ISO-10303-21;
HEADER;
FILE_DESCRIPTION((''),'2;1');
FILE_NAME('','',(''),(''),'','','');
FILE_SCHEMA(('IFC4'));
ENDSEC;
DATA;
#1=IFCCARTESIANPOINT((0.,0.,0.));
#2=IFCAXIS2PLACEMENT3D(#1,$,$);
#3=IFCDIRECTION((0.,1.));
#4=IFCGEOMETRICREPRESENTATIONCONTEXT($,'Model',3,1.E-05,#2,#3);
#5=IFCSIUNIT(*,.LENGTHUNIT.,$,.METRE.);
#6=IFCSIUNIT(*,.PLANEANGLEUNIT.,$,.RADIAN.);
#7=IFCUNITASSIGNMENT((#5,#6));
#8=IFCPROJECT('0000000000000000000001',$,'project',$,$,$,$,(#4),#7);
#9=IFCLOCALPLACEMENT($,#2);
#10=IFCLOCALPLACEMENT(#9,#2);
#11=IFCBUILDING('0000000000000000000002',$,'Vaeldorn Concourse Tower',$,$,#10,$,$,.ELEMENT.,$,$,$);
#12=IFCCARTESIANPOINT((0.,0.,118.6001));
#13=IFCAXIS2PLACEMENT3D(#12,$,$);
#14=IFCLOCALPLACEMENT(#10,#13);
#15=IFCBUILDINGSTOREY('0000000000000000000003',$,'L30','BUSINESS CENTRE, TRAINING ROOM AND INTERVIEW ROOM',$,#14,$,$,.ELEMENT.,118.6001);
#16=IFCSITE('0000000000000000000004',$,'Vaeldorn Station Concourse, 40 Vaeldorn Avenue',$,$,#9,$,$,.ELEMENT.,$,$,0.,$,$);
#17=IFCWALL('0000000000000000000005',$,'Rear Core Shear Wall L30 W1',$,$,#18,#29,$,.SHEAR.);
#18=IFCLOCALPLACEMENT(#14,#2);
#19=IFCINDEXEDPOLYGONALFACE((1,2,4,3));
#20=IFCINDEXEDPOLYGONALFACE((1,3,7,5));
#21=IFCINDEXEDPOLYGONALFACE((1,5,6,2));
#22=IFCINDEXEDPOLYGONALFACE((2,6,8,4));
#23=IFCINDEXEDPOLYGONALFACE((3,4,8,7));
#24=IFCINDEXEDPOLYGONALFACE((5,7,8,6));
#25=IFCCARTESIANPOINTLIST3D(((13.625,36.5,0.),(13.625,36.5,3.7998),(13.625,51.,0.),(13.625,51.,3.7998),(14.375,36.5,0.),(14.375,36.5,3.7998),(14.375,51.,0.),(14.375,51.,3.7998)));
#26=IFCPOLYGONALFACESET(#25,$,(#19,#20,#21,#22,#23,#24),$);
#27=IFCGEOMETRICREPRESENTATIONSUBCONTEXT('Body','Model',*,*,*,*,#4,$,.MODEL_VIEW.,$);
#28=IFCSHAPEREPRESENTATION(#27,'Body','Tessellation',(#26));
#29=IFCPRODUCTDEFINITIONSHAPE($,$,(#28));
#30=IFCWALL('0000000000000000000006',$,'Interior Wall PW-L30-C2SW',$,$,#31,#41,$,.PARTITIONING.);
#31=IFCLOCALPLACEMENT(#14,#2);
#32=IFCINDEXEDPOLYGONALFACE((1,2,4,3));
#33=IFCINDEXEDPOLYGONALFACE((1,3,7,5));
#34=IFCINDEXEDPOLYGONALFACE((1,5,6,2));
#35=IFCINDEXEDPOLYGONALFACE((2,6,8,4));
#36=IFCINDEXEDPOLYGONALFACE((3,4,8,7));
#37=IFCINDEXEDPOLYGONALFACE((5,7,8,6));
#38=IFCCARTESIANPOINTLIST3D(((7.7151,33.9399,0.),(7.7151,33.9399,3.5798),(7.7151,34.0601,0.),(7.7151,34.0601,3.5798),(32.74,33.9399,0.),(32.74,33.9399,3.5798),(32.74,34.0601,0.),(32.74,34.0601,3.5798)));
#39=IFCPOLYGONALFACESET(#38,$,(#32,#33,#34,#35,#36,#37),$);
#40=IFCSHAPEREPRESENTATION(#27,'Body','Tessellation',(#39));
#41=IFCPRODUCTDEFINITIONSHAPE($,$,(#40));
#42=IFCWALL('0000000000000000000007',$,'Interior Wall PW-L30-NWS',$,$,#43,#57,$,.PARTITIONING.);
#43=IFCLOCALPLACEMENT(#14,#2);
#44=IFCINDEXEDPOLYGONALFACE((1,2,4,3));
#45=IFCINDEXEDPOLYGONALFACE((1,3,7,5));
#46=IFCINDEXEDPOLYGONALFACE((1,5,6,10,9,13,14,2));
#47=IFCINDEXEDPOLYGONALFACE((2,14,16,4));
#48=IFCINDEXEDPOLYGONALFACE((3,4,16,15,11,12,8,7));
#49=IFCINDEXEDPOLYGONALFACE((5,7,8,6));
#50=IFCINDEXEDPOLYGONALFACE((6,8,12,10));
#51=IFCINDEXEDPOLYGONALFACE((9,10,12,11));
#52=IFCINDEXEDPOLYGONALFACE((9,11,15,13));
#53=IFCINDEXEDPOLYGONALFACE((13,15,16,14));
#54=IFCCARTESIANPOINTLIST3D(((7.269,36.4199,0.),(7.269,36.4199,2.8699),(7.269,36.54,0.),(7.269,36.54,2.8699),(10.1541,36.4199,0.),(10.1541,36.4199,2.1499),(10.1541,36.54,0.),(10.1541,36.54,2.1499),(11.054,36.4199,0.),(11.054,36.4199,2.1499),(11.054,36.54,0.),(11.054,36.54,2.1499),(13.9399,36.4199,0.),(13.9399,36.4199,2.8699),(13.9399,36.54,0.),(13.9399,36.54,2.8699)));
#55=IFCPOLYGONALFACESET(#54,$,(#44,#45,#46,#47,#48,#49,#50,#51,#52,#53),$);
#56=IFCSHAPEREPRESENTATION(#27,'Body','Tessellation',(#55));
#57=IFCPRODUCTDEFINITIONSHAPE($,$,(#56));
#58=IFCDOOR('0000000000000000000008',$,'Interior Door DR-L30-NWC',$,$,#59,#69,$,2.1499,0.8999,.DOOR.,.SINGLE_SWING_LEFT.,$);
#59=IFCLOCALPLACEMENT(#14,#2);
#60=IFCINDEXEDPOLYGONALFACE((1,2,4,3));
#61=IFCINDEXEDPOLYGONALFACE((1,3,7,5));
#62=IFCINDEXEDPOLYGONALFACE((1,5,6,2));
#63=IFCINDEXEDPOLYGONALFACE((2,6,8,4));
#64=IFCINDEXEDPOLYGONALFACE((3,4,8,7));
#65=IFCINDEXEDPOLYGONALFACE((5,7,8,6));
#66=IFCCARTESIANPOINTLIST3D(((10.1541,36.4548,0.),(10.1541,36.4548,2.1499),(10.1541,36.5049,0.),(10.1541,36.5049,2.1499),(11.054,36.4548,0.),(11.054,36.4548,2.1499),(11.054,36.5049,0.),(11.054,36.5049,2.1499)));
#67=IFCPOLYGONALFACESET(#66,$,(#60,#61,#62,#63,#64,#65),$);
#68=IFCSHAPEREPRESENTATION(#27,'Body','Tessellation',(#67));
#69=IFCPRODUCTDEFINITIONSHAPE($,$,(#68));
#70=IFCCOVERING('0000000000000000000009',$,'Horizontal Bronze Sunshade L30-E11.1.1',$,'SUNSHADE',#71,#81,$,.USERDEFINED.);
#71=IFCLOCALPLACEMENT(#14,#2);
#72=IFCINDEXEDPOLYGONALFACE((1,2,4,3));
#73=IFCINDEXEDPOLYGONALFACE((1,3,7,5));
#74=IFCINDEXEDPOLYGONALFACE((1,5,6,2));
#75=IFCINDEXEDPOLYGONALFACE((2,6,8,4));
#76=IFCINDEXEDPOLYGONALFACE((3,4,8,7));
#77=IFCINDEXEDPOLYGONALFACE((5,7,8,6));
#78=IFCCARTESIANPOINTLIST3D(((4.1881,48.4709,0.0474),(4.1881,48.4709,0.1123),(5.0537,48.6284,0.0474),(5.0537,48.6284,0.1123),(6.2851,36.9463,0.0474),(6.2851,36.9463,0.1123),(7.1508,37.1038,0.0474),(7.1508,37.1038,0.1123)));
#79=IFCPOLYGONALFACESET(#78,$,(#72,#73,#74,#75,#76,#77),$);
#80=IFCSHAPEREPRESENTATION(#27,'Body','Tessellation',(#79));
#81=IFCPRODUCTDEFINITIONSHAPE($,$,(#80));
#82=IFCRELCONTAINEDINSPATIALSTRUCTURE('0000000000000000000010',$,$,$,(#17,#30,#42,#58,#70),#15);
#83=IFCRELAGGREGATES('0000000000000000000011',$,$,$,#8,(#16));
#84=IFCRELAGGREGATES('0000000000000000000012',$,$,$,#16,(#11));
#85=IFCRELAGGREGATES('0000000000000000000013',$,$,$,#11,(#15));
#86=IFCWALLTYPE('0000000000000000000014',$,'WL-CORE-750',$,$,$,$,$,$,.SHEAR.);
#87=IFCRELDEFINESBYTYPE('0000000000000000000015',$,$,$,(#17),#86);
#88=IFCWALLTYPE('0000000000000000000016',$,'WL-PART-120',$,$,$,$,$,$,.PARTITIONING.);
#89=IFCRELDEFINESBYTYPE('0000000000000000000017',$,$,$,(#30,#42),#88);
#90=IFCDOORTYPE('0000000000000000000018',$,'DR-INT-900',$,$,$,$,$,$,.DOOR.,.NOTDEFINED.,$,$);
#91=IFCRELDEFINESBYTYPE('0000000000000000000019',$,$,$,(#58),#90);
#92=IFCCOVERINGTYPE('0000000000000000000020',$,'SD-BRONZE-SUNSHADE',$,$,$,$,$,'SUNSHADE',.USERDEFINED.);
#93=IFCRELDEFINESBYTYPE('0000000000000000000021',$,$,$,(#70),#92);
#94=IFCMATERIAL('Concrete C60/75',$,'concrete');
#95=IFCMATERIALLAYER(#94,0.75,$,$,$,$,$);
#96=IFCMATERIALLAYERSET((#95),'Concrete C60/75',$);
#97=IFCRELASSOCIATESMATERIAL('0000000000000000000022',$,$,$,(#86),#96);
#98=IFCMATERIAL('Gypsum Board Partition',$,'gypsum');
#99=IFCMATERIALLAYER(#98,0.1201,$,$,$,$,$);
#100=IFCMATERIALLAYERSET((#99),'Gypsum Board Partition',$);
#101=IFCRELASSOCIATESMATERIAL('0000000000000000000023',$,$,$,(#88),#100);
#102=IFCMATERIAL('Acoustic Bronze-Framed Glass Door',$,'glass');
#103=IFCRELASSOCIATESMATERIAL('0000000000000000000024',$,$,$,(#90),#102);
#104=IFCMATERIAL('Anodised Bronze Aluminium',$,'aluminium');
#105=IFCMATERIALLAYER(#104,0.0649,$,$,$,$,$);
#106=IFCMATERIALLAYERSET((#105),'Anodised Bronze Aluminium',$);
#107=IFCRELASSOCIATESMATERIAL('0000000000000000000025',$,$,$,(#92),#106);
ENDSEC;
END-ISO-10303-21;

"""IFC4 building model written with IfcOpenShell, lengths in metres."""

from ifc_helpers import new_model, si_unit, direction, frame, frame_2d, origin, origin_2d, place, context, subcontext, project, spatial, rectangle, extrude, source, transform, mapped, material, layer, layer_set, type_object, element, fill, save


model = new_model("IFC4")

# Units and contexts
model_context = context("Model", 3, precision=1e-05, world=origin(), true_north=direction((0.0, 1.0)))
body_context = subcontext(model_context, "Body", "Model", "MODEL_VIEW")
ifc_project = project(units=[si_unit("LENGTHUNIT", "METRE"), si_unit("PLANEANGLEUNIT", "RADIAN")], contexts=[model_context])

# Site, building, storey
site_placement = place(None, origin())
site = spatial("IfcSite", under=ifc_project, at=site_placement, Name="Vaeldorn Station Concourse, 40 Vaeldorn Avenue", CompositionType="ELEMENT", RefElevation=0.0)
building_placement = place(site_placement, origin())
building = spatial("IfcBuilding", under=site, at=building_placement, Name="Vaeldorn Concourse Tower", CompositionType="ELEMENT")
storey_placement = place(building_placement, frame((0.0, 0.0, 118.6001)))
storey = spatial("IfcBuildingStorey", under=building, at=storey_placement, Name="L30", Description="BUSINESS CENTRE, TRAINING ROOM AND INTERVIEW ROOM", CompositionType="ELEMENT", Elevation=118.6001)

# Shared definitions
ifc_material_1 = material(Name="Concrete C60/75", Category="concrete")

# Shared definitions
ifc_material_2 = material(Name="Anodised Bronze Aluminium", Category="aluminium")

# Walls
ifc_layer_1 = layer(ifc_material_1, 0.75)
ifc_layer_set_1 = layer_set([ifc_layer_1], Name="Concrete C60/75")
wall_type_1 = type_object("IfcWallType", Name="WL-CORE-750", PredefinedType="SHEAR", material=ifc_layer_set_1)
wall_1_placement = place(storey_placement, frame((14.0, 36.5, 0.0), z_axis=(0.0, 0.0, 1.0), x_axis=(0.0, 1.0, 0.0)))
element("IfcWall", 1, at=wall_1_placement, inside=storey, type_object=wall_type_1, Name="Rear Core Shear Wall L30 W1", PredefinedType="SHEAR", context=body_context, shape_type="SweptSolid", body=[
    extrude(rectangle(XDim=14.5, YDim=0.75, at=frame_2d((7.25, 0.0))), origin(), (0.0, 0.0, 1.0), 3.7998),
])
ifc_material_3 = material(Name="Gypsum Board Partition", Category="gypsum")
ifc_layer_2 = layer(ifc_material_3, 0.1201)
ifc_layer_set_2 = layer_set([ifc_layer_2], Name="Gypsum Board Partition")
wall_type_2 = type_object("IfcWallType", Name="WL-PART-120", PredefinedType="PARTITIONING", material=ifc_layer_set_2)
wall_2_placement = place(storey_placement, frame((7.7151, 34.0, 0.0), z_axis=(0.0, 0.0, 1.0), x_axis=(1.0, 0.0, 0.0)))
element("IfcWall", 2, at=wall_2_placement, inside=storey, type_object=wall_type_2, Name="Interior Wall PW-L30-C2SW", PredefinedType="PARTITIONING", context=body_context, shape_type="SweptSolid", body=[
    extrude(rectangle(XDim=25.0249, YDim=0.1201, at=frame_2d((12.5125, 0.0))), origin(), (0.0, 0.0, 1.0), 3.5798),
])

# Wall, opening, door
wall_3_placement = place(storey_placement, frame((7.269, 36.48, 0.0), z_axis=(0.0, 0.0, 1.0), x_axis=(1.0, 0.0, 0.0)))
wall_3 = element("IfcWall", 3, at=wall_3_placement, inside=storey, type_object=wall_type_2, Name="Interior Wall PW-L30-NWS", PredefinedType="PARTITIONING", context=body_context, shape_type="SweptSolid", body=[
    extrude(rectangle(XDim=6.6709, YDim=0.1201, at=frame_2d((3.3354, 0.0))), origin(), (0.0, 0.0, 1.0), 2.8699),
])
opening_placement = place(wall_3_placement, frame((2.885, 0.0, 0.0)))
opening = element("IfcOpeningElement", 4, at=opening_placement, cuts=wall_3, PredefinedType="OPENING", context=body_context, shape_type="SweptSolid", body=[
    extrude(rectangle(XDim=0.8999, YDim=2.1499, at=frame_2d((0.45, 1.075))), frame((0.0, 0.0701, 0.0), z_axis=(0.0, -1.0, 0.0), x_axis=(1.0, 0.0, 0.0)), (0.0, 0.0, 1.0), 0.1401),
])
ifc_material_4 = material(Name="Acoustic Bronze-Framed Glass Door", Category="glass")
door_type = type_object("IfcDoorType", Name="DR-INT-900", OperationType="NOTDEFINED", PredefinedType="DOOR", material=ifc_material_4)
shared_shape_1 = source(origin(), body_context, "Body", "SweptSolid", [
    extrude(rectangle(XDim=0.8999, YDim=2.1499, at=frame_2d((0.45, 1.075))), frame((0.0, 0.0249, 0.0), z_axis=(0.0, -1.0, 0.0), x_axis=(1.0, 0.0, 0.0)), (0.0, 0.0, 1.0), 0.05),
])
door_placement = place(opening_placement, origin())
door = element("IfcDoor", 5, at=door_placement, inside=storey, type_object=door_type, Name="Interior Door DR-L30-NWC", OperationType="SINGLE_SWING_LEFT", OverallHeight=2.1499, OverallWidth=0.8999, PredefinedType="DOOR", context=body_context, shape_type="MappedRepresentation", body=[
    mapped(shared_shape_1, transform((0.0, 0.0, 0.0), scale=1.0)),
])
fill(opening, door)

# Covering
ifc_layer_3 = layer(ifc_material_2, 0.0649)
ifc_layer_set_3 = layer_set([ifc_layer_3], Name="Anodised Bronze Aluminium")
covering_type = type_object("IfcCoveringType", Name="SD-BRONZE-SUNSHADE", ElementType="SUNSHADE", PredefinedType="USERDEFINED", material=ifc_layer_set_3)
shared_shape_2 = source(origin(), body_context, "Body", "SweptSolid", [
    extrude(rectangle(XDim=11.7139, YDim=0.8799, at=origin_2d()), origin(), (0.0, 0.0, 1.0), 0.0649),
])
covering_placement = place(storey_placement, frame((5.6694, 42.7874, 0.0474), z_axis=(0.0, 0.0, 1.0), x_axis=(0.179025, -0.983844, 0.0)))
element("IfcCovering", 6, at=covering_placement, inside=storey, type_object=covering_type, Name="Horizontal Bronze Sunshade L30-E11.1.1", ObjectType="SUNSHADE", PredefinedType="USERDEFINED", context=body_context, shape_type="MappedRepresentation", body=[
    mapped(shared_shape_2, transform((0.0, 0.0, 0.0), scale=1.0)),
])

save(model, "model.ifc")
